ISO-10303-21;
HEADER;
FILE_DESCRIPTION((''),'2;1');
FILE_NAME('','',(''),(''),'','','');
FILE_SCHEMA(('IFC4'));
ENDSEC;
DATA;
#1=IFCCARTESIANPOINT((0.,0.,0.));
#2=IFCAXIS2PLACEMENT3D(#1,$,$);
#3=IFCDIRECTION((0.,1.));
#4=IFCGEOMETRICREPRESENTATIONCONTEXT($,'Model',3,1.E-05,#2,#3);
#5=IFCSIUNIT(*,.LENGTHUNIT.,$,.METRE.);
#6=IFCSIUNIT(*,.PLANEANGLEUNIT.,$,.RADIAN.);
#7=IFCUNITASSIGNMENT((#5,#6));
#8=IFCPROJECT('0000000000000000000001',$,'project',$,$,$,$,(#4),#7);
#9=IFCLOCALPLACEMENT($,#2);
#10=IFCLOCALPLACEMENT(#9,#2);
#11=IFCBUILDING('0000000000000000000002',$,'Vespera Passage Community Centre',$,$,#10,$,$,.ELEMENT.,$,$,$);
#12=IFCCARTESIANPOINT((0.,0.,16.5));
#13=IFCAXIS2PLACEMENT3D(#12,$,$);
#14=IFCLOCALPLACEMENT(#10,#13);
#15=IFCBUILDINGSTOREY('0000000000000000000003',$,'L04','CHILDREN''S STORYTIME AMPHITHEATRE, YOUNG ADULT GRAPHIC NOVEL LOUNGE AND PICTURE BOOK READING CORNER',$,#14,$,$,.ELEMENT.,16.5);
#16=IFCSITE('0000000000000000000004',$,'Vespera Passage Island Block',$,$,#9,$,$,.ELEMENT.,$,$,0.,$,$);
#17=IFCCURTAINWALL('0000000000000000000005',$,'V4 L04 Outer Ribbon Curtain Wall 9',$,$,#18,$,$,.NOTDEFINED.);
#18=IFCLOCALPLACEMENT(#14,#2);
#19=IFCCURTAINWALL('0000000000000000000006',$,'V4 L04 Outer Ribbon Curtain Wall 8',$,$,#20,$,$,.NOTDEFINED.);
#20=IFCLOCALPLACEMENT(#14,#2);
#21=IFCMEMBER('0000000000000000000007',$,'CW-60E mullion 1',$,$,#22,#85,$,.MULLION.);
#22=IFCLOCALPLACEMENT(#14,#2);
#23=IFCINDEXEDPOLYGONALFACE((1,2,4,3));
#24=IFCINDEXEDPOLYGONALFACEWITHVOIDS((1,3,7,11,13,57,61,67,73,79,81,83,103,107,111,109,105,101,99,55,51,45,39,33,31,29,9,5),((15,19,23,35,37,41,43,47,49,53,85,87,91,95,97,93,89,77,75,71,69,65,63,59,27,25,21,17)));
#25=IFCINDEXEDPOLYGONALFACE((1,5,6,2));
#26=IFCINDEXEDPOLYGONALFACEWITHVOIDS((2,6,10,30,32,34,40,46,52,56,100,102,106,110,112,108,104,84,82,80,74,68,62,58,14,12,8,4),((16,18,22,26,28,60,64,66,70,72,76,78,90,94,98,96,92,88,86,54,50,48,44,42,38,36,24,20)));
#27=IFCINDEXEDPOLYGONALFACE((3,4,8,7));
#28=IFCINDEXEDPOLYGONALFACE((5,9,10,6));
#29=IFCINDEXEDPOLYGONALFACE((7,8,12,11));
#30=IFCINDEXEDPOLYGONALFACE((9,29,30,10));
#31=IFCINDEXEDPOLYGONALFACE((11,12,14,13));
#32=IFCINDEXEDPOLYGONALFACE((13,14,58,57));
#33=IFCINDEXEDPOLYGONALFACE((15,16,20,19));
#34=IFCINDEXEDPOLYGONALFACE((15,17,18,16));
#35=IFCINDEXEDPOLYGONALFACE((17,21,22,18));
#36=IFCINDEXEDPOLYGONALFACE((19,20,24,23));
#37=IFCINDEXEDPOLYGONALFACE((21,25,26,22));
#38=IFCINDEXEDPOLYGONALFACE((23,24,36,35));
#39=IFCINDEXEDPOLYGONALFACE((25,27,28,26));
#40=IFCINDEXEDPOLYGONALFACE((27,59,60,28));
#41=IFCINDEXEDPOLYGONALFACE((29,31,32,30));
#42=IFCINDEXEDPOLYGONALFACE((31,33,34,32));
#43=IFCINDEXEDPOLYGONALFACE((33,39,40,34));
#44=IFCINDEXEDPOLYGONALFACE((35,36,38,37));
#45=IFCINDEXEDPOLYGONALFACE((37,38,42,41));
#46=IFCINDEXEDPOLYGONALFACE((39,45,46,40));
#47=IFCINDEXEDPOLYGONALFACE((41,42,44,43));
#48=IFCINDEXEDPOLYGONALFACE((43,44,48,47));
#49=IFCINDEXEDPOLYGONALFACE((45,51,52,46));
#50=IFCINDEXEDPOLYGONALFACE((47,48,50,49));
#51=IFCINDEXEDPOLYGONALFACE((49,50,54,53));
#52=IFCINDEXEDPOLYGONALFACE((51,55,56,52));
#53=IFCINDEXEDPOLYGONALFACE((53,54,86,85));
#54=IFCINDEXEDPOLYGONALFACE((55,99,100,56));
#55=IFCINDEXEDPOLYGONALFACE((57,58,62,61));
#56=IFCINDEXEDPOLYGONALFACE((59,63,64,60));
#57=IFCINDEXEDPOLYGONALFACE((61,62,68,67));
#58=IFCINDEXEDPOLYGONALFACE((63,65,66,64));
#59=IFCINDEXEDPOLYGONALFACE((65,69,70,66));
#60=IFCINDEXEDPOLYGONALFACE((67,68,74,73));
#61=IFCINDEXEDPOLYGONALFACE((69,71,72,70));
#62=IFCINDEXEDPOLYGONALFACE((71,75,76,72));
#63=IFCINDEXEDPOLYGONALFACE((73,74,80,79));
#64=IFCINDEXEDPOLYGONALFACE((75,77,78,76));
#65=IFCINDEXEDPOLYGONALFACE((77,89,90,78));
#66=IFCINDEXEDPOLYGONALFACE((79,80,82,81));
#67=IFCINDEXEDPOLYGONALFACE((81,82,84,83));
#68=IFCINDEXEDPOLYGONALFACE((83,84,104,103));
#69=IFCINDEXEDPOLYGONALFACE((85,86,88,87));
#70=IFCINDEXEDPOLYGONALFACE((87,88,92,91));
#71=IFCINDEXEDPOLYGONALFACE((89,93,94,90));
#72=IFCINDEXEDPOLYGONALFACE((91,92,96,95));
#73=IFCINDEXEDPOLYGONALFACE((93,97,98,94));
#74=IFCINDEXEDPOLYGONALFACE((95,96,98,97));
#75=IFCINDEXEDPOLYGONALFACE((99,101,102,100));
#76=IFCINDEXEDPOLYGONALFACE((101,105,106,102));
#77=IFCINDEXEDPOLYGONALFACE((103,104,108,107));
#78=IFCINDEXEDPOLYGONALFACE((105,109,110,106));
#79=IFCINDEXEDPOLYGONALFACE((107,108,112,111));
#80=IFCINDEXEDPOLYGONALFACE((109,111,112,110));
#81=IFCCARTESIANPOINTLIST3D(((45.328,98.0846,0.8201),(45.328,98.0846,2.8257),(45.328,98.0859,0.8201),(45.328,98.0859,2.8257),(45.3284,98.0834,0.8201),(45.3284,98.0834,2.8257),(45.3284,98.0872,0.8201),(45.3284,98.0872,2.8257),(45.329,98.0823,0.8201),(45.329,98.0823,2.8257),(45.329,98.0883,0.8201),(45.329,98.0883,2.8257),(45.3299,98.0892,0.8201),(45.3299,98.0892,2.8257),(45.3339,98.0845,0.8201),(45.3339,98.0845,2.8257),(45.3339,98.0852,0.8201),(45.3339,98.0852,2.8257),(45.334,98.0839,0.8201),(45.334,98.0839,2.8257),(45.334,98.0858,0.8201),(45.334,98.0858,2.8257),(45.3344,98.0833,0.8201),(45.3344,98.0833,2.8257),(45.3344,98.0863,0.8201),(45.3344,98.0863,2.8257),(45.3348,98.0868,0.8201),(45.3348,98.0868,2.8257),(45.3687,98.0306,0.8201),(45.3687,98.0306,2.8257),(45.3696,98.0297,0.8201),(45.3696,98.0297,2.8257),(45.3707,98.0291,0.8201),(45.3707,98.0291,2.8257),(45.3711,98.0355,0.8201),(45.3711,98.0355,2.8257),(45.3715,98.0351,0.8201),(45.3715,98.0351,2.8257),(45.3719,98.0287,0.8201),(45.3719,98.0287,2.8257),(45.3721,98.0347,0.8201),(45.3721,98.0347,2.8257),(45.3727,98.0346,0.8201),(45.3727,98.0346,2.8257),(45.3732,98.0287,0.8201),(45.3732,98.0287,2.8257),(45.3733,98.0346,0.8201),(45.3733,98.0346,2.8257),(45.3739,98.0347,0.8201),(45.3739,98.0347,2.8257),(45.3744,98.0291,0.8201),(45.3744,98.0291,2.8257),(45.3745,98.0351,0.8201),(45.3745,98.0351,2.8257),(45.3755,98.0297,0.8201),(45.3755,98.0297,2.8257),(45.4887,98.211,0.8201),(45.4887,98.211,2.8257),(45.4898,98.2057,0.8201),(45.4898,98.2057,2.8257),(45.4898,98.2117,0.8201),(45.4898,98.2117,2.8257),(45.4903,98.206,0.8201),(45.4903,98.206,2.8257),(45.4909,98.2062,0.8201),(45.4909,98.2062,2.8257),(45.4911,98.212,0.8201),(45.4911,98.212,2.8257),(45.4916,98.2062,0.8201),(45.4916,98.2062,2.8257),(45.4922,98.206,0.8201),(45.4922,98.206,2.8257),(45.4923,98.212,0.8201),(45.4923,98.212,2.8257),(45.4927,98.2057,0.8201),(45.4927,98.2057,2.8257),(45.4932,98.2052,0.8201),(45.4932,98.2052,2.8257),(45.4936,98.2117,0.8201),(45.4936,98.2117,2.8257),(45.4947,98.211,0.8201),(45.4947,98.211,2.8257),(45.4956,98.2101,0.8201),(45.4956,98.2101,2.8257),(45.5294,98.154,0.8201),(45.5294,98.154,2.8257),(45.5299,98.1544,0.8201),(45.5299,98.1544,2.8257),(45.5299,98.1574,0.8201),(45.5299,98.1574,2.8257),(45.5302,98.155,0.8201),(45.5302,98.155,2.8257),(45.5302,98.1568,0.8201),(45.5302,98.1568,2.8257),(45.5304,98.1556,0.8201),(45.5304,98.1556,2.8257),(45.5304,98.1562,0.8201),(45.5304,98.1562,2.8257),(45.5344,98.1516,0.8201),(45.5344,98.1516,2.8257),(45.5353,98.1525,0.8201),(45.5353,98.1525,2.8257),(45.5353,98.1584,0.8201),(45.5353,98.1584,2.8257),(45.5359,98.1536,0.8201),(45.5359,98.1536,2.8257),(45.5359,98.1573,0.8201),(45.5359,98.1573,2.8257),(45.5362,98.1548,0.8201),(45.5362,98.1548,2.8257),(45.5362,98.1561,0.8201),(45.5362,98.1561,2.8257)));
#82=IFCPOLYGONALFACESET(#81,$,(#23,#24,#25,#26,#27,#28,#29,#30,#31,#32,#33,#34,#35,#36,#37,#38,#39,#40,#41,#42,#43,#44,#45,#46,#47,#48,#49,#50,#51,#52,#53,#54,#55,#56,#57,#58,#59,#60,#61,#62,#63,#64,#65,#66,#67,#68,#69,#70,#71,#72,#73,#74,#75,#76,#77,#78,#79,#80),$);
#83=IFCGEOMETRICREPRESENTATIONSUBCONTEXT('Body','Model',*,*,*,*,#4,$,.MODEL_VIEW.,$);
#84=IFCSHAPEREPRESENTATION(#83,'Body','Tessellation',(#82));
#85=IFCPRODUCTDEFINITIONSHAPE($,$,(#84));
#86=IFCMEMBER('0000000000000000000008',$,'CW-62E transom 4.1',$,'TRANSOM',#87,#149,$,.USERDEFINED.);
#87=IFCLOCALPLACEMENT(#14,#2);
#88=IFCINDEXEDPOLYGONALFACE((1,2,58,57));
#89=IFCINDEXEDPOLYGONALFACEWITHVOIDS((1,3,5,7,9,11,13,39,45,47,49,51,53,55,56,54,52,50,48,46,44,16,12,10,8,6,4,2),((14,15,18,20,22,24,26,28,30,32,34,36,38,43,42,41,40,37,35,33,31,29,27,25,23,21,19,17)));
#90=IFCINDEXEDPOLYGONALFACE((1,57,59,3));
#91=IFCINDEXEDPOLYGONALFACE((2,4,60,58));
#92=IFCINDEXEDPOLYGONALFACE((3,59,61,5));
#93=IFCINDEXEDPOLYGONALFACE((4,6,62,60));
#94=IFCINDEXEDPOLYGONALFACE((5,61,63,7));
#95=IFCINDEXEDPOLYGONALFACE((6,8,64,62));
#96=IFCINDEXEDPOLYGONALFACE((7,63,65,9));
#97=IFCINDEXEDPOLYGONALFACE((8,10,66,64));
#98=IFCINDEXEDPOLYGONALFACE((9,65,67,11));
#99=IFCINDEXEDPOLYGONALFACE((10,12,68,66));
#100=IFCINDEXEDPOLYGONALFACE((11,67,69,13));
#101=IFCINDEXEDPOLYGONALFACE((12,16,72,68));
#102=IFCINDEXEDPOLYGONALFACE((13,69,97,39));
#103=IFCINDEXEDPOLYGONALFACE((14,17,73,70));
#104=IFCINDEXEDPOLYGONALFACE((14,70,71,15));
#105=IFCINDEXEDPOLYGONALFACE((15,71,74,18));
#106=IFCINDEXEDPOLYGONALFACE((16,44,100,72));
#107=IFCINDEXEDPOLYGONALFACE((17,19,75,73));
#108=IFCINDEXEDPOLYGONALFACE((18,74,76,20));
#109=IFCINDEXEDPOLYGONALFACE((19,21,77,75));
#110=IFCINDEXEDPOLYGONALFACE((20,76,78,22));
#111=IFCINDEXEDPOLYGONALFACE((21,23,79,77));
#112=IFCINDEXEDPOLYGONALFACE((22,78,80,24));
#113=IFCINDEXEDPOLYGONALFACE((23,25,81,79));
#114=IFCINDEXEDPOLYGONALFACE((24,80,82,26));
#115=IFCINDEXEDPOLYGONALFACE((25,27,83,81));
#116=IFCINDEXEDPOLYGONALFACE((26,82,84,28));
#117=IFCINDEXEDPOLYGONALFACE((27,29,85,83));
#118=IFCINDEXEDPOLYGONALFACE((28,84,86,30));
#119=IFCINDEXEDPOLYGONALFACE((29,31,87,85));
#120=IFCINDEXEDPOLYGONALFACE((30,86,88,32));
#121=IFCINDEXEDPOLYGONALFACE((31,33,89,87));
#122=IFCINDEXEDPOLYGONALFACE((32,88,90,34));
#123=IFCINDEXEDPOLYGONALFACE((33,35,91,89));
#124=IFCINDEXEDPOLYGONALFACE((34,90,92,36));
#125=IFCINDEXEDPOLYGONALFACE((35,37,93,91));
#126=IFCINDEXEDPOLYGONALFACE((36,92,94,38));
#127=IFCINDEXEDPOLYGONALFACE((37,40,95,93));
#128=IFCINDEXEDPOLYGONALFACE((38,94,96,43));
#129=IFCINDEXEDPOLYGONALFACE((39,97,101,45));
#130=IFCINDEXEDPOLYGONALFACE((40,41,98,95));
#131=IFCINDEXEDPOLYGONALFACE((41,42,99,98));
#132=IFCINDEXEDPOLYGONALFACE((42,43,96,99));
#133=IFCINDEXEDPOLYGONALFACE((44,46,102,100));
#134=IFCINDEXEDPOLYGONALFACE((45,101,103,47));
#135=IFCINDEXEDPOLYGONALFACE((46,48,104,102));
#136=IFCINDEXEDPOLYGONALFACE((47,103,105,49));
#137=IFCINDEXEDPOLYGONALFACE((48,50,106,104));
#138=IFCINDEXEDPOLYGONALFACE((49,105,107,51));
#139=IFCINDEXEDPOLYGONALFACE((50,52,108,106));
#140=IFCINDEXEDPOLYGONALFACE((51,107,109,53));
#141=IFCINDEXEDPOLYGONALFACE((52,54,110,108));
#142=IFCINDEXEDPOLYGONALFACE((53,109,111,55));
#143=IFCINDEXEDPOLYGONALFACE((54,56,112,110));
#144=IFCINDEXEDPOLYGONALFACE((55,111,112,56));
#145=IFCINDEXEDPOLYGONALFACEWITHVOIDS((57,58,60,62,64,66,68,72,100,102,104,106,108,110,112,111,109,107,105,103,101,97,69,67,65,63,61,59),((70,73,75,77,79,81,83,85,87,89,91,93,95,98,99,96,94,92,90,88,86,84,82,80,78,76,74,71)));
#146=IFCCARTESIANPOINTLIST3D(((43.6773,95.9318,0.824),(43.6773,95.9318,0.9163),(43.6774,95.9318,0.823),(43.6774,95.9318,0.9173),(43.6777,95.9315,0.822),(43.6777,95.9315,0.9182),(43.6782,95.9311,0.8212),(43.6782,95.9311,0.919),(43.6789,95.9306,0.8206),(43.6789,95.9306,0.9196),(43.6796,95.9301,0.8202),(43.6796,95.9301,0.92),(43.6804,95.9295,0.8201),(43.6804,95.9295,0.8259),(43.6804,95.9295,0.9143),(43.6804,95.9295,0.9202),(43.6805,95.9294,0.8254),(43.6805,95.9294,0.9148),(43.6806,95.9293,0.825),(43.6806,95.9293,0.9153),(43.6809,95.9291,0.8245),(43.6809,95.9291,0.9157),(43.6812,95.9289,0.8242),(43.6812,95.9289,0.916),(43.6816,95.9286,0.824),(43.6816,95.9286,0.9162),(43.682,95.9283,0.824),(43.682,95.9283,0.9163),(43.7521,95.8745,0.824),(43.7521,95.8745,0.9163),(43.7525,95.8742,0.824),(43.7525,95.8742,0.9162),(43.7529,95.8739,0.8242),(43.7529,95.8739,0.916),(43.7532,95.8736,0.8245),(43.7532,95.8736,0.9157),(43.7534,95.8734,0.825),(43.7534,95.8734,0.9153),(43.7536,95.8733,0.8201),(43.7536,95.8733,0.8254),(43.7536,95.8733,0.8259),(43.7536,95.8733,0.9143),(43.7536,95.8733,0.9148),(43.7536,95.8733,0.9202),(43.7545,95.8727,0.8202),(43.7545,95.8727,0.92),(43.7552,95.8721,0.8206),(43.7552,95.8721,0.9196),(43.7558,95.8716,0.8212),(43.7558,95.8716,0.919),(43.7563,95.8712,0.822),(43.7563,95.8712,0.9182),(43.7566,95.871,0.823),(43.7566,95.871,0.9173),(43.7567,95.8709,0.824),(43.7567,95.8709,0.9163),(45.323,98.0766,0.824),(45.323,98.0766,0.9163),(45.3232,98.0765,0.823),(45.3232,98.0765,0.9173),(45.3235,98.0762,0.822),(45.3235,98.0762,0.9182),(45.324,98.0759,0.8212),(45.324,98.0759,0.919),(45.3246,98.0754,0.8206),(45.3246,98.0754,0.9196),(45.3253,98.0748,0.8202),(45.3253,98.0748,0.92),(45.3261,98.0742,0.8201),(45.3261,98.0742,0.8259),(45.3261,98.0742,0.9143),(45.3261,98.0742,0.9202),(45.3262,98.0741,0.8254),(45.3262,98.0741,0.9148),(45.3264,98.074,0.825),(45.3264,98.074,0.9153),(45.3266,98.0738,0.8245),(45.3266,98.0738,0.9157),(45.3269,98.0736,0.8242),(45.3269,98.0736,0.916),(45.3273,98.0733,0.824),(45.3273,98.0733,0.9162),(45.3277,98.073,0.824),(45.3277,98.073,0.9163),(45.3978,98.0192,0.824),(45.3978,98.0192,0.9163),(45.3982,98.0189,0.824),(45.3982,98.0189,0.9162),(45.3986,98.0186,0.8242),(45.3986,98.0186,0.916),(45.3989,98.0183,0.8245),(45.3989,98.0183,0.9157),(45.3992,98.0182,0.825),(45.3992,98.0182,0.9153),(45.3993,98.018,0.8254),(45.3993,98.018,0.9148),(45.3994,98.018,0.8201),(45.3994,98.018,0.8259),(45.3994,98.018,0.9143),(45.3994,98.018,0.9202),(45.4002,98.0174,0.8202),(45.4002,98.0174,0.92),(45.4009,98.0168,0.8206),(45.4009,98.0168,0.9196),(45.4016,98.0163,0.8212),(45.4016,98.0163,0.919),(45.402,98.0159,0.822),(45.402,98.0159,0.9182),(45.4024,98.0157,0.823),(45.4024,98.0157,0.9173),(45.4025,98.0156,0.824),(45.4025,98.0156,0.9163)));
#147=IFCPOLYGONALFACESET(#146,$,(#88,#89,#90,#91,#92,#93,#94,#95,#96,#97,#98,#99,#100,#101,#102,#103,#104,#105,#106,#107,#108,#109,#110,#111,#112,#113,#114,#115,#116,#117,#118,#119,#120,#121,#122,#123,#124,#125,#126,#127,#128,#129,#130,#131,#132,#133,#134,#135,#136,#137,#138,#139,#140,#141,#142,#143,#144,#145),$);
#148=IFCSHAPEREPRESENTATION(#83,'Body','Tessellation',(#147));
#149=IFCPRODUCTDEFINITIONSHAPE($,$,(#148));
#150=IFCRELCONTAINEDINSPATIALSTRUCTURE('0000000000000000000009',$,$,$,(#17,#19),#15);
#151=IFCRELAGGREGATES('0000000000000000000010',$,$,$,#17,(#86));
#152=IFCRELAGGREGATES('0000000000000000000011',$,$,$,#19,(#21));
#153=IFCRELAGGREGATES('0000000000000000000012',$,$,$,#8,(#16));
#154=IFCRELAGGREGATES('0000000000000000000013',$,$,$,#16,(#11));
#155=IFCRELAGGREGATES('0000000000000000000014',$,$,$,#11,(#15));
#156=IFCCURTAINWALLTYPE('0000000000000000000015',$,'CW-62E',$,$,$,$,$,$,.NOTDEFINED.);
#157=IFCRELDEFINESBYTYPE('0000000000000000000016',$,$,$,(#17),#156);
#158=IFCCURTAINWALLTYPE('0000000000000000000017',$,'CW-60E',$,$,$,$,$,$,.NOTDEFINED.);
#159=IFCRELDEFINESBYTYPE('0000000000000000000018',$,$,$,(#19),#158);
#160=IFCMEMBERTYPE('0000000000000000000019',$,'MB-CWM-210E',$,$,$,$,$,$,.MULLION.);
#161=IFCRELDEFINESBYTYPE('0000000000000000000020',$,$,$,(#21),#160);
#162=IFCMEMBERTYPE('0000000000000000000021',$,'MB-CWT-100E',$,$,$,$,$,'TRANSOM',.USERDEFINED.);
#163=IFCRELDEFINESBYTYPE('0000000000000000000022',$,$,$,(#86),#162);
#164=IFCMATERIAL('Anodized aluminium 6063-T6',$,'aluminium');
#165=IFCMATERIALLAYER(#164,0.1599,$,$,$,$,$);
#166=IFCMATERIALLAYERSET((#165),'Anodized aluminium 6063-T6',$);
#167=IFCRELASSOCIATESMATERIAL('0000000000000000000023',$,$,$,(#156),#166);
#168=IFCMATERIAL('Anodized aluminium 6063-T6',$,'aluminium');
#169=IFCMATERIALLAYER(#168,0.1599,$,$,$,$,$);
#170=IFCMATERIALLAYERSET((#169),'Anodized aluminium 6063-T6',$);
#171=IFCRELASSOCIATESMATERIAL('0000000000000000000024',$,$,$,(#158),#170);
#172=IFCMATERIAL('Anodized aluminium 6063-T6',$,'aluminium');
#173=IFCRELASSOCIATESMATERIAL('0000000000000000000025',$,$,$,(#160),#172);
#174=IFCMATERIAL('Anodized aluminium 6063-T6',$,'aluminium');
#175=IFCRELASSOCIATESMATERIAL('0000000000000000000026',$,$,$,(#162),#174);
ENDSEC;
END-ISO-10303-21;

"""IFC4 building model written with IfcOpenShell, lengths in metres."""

from ifc_helpers import new_model, si_unit, direction, frame, origin, origin_2d, place, context, subcontext, project, spatial, hollow_rectangle, extrude, material, layer, layer_set, material_profile, profile_set, type_object, element, aggregate, save


model = new_model("IFC4")

# Units and contexts
model_context = context("Model", 3, precision=1e-05, world=origin(), true_north=direction((0.0, 1.0)))
body_context = subcontext(model_context, "Body", "Model", "MODEL_VIEW")
ifc_project = project(units=[si_unit("LENGTHUNIT", "METRE"), si_unit("PLANEANGLEUNIT", "RADIAN")], contexts=[model_context])

# Site, building, storey
site_placement = place(None, origin())
site = spatial("IfcSite", under=ifc_project, at=site_placement, Name="Vespera Passage Island Block", CompositionType="ELEMENT", RefElevation=0.0)
building_placement = place(site_placement, origin())
building = spatial("IfcBuilding", under=site, at=building_placement, Name="Vespera Passage Community Centre", CompositionType="ELEMENT")
storey_placement = place(building_placement, frame((0.0, 0.0, 16.5)))
storey = spatial("IfcBuildingStorey", under=building, at=storey_placement, Name="L04", Description="CHILDREN'S STORYTIME AMPHITHEATRE, YOUNG ADULT GRAPHIC NOVEL LOUNGE AND PICTURE BOOK READING CORNER", CompositionType="ELEMENT", Elevation=16.5)

# Curtain wall
ifc_material_1 = material(Name="Anodized aluminium 6063-T6", Category="aluminium")
ifc_layer_1 = layer(ifc_material_1, 0.1599)
ifc_layer_set_1 = layer_set([ifc_layer_1], Name="Anodized aluminium 6063-T6")
curtain_wall_type_1 = type_object("IfcCurtainWallType", Name="CW-62E", PredefinedType="NOTDEFINED", material=ifc_layer_set_1)
curtain_wall_1_placement = place(storey_placement, origin())
curtain_wall_1 = element("IfcCurtainWall", 1, at=curtain_wall_1_placement, inside=storey, type_object=curtain_wall_type_1, Name="V4 L04 Outer Ribbon Curtain Wall 9", PredefinedType="NOTDEFINED")

# Curtain wall, member
ifc_material_2 = material(Name="Anodized aluminium 6063-T6", Category="aluminium")
ifc_layer_2 = layer(ifc_material_2, 0.1599)
ifc_layer_set_2 = layer_set([ifc_layer_2], Name="Anodized aluminium 6063-T6")
curtain_wall_type_2 = type_object("IfcCurtainWallType", Name="CW-60E", PredefinedType="NOTDEFINED", material=ifc_layer_set_2)
curtain_wall_2_placement = place(storey_placement, origin())
curtain_wall_2 = element("IfcCurtainWall", 2, at=curtain_wall_2_placement, inside=storey, type_object=curtain_wall_type_2, Name="V4 L04 Outer Ribbon Curtain Wall 8", PredefinedType="NOTDEFINED")
ifc_material_3 = material(Name="Anodized aluminium 6063-T6", Category="aluminium")
ifc_material_profile_1 = material_profile(ifc_material_3, hollow_rectangle(XDim=0.075, YDim=0.21, WallThickness=0.0049, InnerFilletRadius=0.0024, OuterFilletRadius=0.0049, at=origin_2d()), Name="ALU210X75X5")
ifc_profile_set_1 = profile_set([ifc_material_profile_1], Name="Anodized aluminium 6063-T6")
member_type_1 = type_object("IfcMemberType", Name="MB-CWM-210E", PredefinedType="MULLION", material=ifc_profile_set_1)
member_1_placement = place(storey_placement, frame((45.4321, 98.1204, 0.8201), z_axis=(0.0, 0.0, 1.0), x_axis=(-0.608768, 0.793348, 0.0)))
member_1 = element("IfcMember", 3, at=member_1_placement, type_object=member_type_1, Name="CW-60E mullion 1", PredefinedType="MULLION", context=body_context, shape_type="SweptSolid", body=[
    extrude(hollow_rectangle(XDim=0.075, YDim=0.21, WallThickness=0.0049, InnerFilletRadius=0.0024, OuterFilletRadius=0.0049, at=origin_2d()), origin(), (0.0, 0.0, 1.0), 2.0056),
])

# Member
ifc_material_4 = material(Name="Anodized aluminium 6063-T6", Category="aluminium")
ifc_material_profile_2 = material_profile(ifc_material_4, hollow_rectangle(XDim=0.1001, YDim=0.1001, WallThickness=0.0039, InnerFilletRadius=0.002, OuterFilletRadius=0.0039, at=origin_2d()), Name="ALU100X100X4")
ifc_profile_set_2 = profile_set([ifc_material_profile_2], Name="Anodized aluminium 6063-T6")
member_type_2 = type_object("IfcMemberType", Name="MB-CWT-100E", ElementType="TRANSOM", PredefinedType="USERDEFINED", material=ifc_profile_set_2)
member_2_placement = place(storey_placement, frame((43.717, 95.9014, 0.8701), z_axis=(0.608763, 0.793352, 0.0), x_axis=(-0.793352, 0.608763, 0.0)))
member_2 = element("IfcMember", 4, at=member_2_placement, type_object=member_type_2, Name="CW-62E transom 4.1", ObjectType="TRANSOM", PredefinedType="USERDEFINED", context=body_context, shape_type="SweptSolid", body=[
    extrude(hollow_rectangle(XDim=0.1001, YDim=0.1001, WallThickness=0.0039, InnerFilletRadius=0.002, OuterFilletRadius=0.0039, at=origin_2d()), origin(), (0.0, 0.0, 1.0), 2.7034),
])

aggregate(curtain_wall_1, [member_2])
aggregate(curtain_wall_2, [member_1])

save(model, "model.ifc")
